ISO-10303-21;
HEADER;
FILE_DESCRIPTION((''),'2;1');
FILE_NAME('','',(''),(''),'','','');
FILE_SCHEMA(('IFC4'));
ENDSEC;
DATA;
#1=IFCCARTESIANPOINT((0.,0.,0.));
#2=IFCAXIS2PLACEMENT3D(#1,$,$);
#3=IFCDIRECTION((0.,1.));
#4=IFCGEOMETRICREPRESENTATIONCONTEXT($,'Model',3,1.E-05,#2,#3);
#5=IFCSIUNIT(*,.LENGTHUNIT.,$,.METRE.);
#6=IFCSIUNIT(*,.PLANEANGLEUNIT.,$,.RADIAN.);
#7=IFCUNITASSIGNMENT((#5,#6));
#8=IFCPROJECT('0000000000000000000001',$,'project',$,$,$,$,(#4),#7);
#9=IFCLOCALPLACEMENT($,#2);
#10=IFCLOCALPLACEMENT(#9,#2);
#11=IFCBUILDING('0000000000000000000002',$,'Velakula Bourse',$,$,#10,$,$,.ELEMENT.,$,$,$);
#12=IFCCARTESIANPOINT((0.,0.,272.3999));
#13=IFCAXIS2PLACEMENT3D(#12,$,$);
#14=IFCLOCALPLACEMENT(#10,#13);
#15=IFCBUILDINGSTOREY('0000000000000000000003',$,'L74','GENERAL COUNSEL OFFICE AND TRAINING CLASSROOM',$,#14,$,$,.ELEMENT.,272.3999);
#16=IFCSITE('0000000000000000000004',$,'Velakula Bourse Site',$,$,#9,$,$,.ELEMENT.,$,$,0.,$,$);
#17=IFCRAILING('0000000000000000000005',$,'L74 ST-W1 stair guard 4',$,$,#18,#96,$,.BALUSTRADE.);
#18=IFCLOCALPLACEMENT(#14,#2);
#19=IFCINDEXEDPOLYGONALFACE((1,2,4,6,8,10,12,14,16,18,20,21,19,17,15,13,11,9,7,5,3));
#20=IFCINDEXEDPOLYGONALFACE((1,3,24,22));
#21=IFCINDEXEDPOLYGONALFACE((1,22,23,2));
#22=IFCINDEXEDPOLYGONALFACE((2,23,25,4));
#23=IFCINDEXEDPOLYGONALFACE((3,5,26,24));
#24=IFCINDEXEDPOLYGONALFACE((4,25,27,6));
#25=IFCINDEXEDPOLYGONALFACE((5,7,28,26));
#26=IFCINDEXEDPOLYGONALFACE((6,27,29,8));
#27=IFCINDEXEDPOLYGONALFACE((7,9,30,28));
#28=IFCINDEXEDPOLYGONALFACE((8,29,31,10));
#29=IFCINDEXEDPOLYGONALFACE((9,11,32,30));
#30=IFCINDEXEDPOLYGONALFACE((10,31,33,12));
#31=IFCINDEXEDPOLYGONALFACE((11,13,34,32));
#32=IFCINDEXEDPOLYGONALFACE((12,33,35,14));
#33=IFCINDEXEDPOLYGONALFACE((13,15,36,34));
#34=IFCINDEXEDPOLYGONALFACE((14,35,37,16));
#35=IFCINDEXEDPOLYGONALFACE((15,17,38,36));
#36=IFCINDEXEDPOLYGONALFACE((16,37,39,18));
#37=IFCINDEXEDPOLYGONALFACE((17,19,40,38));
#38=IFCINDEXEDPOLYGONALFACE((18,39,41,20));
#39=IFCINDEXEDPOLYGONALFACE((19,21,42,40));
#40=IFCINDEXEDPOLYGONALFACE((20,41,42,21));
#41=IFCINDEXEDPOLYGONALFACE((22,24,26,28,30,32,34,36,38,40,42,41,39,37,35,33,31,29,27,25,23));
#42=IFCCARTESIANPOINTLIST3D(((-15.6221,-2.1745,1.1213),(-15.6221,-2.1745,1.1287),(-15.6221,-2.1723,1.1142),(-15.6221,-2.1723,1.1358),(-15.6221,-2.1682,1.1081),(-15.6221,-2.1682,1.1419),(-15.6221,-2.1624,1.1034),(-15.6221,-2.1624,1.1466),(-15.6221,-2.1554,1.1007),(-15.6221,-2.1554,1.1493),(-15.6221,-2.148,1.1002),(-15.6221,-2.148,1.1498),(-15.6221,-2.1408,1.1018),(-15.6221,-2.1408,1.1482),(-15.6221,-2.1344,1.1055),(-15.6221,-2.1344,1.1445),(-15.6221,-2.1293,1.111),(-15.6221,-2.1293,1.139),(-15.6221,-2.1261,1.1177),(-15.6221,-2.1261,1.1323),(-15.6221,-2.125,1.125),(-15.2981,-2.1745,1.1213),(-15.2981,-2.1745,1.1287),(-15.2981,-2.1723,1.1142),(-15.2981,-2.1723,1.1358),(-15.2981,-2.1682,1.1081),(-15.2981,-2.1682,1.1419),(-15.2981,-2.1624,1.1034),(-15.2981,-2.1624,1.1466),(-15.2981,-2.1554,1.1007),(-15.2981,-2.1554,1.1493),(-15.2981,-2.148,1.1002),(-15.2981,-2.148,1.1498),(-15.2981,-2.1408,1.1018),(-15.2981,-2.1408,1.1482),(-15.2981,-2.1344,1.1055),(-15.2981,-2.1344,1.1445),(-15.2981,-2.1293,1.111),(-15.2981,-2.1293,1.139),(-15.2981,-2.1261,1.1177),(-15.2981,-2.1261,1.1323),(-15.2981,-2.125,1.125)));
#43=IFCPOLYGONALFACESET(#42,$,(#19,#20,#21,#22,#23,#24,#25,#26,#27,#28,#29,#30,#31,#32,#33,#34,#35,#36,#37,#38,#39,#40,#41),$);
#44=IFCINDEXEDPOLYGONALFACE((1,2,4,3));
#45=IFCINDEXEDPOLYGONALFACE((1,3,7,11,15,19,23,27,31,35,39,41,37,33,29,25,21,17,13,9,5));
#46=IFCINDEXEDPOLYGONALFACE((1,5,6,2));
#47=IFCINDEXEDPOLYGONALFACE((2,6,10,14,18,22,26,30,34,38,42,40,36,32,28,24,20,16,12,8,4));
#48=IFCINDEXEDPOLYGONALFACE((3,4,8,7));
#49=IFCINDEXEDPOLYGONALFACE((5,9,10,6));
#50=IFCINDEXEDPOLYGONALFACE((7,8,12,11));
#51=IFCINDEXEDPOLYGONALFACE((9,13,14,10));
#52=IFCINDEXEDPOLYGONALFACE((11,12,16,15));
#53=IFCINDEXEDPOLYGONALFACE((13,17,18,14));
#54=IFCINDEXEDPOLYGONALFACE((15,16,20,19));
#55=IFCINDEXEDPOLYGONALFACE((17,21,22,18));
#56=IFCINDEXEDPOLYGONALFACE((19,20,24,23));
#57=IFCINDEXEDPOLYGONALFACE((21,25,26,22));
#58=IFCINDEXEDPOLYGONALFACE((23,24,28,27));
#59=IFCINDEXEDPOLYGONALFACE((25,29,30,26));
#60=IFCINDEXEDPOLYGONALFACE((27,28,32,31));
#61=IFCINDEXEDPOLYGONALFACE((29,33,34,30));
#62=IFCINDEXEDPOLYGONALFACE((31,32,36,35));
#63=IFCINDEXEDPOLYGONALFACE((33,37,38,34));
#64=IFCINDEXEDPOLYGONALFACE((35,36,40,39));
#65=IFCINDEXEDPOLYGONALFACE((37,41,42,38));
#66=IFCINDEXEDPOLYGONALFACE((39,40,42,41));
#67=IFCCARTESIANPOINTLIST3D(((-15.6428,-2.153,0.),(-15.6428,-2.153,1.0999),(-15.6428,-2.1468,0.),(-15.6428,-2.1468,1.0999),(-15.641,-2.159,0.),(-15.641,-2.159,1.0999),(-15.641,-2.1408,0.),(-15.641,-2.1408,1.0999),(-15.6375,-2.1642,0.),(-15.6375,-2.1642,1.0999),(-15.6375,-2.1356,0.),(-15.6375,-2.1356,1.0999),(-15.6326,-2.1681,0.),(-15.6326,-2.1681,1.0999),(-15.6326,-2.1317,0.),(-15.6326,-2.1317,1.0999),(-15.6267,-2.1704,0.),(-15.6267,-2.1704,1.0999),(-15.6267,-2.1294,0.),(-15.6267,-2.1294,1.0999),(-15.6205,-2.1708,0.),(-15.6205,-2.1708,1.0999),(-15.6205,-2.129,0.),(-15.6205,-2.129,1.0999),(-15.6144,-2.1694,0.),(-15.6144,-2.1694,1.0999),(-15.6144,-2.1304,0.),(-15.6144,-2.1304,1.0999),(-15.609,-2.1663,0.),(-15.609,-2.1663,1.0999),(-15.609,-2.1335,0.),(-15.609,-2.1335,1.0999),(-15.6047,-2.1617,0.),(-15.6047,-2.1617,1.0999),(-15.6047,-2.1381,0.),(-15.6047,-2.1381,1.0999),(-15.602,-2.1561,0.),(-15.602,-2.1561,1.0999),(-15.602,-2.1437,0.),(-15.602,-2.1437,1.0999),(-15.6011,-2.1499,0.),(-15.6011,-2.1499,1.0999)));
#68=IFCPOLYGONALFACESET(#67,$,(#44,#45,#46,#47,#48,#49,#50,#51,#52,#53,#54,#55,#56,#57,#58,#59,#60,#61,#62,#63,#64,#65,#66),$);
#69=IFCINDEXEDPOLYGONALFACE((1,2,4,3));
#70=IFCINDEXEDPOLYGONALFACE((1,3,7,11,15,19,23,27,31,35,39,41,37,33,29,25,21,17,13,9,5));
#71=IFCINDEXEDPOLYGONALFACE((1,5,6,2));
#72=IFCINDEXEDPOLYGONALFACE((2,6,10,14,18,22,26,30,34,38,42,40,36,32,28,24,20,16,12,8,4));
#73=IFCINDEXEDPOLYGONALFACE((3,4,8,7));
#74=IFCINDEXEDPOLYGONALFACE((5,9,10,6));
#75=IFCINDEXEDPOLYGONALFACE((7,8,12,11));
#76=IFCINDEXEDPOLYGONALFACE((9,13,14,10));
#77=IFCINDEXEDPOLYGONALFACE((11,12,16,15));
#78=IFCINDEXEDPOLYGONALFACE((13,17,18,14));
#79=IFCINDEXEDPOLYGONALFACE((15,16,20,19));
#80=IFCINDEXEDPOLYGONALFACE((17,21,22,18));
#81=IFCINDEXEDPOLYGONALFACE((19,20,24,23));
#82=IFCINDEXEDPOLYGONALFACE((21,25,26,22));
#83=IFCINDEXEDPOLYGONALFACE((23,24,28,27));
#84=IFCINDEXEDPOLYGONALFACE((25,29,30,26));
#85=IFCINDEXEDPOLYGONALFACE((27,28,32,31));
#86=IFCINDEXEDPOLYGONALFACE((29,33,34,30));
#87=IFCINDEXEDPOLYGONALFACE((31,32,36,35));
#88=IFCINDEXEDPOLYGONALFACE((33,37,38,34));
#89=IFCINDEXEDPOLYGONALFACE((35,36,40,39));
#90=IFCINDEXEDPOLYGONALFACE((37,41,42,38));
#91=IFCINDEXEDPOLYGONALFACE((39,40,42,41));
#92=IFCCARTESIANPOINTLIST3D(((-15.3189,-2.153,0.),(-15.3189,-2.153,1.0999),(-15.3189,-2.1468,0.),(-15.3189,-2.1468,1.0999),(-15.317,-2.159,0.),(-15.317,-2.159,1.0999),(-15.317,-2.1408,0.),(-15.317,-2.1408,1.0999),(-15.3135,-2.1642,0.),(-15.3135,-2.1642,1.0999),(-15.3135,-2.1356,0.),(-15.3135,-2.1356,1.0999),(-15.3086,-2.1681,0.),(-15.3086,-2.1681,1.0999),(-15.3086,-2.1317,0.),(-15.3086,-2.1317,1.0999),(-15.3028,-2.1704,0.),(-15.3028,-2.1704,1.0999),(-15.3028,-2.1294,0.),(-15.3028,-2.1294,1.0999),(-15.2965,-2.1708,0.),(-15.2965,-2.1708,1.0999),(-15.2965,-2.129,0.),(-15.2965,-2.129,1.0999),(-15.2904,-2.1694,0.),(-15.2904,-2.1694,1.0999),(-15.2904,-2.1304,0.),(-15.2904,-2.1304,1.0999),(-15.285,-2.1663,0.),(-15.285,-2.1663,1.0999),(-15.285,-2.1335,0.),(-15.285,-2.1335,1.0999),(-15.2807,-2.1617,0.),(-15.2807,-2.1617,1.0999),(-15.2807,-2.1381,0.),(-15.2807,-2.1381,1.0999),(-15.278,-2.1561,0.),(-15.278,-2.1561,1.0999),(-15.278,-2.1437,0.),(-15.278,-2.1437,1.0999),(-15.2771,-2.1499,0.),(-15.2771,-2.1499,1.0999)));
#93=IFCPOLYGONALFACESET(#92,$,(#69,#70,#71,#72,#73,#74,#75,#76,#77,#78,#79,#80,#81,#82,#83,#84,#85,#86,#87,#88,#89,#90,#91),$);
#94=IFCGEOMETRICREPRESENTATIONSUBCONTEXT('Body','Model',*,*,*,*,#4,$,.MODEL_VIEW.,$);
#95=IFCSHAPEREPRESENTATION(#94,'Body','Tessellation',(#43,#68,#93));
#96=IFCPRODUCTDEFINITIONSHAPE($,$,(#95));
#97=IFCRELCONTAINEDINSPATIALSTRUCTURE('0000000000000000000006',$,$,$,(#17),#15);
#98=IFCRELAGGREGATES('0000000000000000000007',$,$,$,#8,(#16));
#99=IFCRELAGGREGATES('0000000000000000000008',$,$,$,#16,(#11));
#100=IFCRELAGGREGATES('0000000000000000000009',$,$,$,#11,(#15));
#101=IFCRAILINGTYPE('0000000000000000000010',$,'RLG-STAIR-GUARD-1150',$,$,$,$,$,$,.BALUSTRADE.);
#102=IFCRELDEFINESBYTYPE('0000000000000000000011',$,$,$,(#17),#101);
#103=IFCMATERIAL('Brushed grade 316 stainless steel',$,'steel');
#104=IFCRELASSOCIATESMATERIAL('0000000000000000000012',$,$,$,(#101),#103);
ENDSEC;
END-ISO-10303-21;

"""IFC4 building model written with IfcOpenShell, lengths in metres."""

from ifc_helpers import new_model, si_unit, direction, frame, origin, origin_2d, place, context, subcontext, project, spatial, circle, extrude, material, type_object, element, save


model = new_model("IFC4")

# Units and contexts
model_context = context("Model", 3, precision=1e-05, world=origin(), true_north=direction((0.0, 1.0)))
body_context = subcontext(model_context, "Body", "Model", "MODEL_VIEW")
ifc_project = project(units=[si_unit("LENGTHUNIT", "METRE"), si_unit("PLANEANGLEUNIT", "RADIAN")], contexts=[model_context])

# Site, building, storey
site_placement = place(None, origin())
site = spatial("IfcSite", under=ifc_project, at=site_placement, Name="Velakula Bourse Site", CompositionType="ELEMENT", RefElevation=0.0)
building_placement = place(site_placement, origin())
building = spatial("IfcBuilding", under=site, at=building_placement, Name="Velakula Bourse", CompositionType="ELEMENT")
storey_placement = place(building_placement, frame((0.0, 0.0, 272.3999)))
storey = spatial("IfcBuildingStorey", under=building, at=storey_placement, Name="L74", Description="GENERAL COUNSEL OFFICE AND TRAINING CLASSROOM", CompositionType="ELEMENT", Elevation=272.3999)

# Shared definitions
ifc_material_1 = material(Name="Brushed grade 316 stainless steel", Category="steel")

# Railing
railing_type = type_object("IfcRailingType", Name="RLG-STAIR-GUARD-1150", PredefinedType="BALUSTRADE", material=ifc_material_1)
railing_1_placement = place(storey_placement, frame((-15.6221, -2.1499, 0.0)))
element("IfcRailing", 1, at=railing_1_placement, inside=storey, type_object=railing_type, Name="L74 ST-W1 stair guard 4", PredefinedType="BALUSTRADE", context=body_context, shape_type="SweptSolid", body=[
    extrude(circle(Radius=0.0249, at=origin_2d()), frame((0.0, 0.0, 1.125), z_axis=(1.0, 0.0, 0.0), x_axis=(0.0, 1.0, 0.0)), (0.0, 0.0, 1.0), 0.324),
    extrude(circle(Radius=0.021, at=origin_2d()), origin(), (0.0, 0.0, 1.0), 1.0999),
    extrude(circle(Radius=0.021, at=origin_2d()), frame((0.324, 0.0, 0.0)), (0.0, 0.0, 1.0), 1.0999),
])

save(model, "model.ifc")
